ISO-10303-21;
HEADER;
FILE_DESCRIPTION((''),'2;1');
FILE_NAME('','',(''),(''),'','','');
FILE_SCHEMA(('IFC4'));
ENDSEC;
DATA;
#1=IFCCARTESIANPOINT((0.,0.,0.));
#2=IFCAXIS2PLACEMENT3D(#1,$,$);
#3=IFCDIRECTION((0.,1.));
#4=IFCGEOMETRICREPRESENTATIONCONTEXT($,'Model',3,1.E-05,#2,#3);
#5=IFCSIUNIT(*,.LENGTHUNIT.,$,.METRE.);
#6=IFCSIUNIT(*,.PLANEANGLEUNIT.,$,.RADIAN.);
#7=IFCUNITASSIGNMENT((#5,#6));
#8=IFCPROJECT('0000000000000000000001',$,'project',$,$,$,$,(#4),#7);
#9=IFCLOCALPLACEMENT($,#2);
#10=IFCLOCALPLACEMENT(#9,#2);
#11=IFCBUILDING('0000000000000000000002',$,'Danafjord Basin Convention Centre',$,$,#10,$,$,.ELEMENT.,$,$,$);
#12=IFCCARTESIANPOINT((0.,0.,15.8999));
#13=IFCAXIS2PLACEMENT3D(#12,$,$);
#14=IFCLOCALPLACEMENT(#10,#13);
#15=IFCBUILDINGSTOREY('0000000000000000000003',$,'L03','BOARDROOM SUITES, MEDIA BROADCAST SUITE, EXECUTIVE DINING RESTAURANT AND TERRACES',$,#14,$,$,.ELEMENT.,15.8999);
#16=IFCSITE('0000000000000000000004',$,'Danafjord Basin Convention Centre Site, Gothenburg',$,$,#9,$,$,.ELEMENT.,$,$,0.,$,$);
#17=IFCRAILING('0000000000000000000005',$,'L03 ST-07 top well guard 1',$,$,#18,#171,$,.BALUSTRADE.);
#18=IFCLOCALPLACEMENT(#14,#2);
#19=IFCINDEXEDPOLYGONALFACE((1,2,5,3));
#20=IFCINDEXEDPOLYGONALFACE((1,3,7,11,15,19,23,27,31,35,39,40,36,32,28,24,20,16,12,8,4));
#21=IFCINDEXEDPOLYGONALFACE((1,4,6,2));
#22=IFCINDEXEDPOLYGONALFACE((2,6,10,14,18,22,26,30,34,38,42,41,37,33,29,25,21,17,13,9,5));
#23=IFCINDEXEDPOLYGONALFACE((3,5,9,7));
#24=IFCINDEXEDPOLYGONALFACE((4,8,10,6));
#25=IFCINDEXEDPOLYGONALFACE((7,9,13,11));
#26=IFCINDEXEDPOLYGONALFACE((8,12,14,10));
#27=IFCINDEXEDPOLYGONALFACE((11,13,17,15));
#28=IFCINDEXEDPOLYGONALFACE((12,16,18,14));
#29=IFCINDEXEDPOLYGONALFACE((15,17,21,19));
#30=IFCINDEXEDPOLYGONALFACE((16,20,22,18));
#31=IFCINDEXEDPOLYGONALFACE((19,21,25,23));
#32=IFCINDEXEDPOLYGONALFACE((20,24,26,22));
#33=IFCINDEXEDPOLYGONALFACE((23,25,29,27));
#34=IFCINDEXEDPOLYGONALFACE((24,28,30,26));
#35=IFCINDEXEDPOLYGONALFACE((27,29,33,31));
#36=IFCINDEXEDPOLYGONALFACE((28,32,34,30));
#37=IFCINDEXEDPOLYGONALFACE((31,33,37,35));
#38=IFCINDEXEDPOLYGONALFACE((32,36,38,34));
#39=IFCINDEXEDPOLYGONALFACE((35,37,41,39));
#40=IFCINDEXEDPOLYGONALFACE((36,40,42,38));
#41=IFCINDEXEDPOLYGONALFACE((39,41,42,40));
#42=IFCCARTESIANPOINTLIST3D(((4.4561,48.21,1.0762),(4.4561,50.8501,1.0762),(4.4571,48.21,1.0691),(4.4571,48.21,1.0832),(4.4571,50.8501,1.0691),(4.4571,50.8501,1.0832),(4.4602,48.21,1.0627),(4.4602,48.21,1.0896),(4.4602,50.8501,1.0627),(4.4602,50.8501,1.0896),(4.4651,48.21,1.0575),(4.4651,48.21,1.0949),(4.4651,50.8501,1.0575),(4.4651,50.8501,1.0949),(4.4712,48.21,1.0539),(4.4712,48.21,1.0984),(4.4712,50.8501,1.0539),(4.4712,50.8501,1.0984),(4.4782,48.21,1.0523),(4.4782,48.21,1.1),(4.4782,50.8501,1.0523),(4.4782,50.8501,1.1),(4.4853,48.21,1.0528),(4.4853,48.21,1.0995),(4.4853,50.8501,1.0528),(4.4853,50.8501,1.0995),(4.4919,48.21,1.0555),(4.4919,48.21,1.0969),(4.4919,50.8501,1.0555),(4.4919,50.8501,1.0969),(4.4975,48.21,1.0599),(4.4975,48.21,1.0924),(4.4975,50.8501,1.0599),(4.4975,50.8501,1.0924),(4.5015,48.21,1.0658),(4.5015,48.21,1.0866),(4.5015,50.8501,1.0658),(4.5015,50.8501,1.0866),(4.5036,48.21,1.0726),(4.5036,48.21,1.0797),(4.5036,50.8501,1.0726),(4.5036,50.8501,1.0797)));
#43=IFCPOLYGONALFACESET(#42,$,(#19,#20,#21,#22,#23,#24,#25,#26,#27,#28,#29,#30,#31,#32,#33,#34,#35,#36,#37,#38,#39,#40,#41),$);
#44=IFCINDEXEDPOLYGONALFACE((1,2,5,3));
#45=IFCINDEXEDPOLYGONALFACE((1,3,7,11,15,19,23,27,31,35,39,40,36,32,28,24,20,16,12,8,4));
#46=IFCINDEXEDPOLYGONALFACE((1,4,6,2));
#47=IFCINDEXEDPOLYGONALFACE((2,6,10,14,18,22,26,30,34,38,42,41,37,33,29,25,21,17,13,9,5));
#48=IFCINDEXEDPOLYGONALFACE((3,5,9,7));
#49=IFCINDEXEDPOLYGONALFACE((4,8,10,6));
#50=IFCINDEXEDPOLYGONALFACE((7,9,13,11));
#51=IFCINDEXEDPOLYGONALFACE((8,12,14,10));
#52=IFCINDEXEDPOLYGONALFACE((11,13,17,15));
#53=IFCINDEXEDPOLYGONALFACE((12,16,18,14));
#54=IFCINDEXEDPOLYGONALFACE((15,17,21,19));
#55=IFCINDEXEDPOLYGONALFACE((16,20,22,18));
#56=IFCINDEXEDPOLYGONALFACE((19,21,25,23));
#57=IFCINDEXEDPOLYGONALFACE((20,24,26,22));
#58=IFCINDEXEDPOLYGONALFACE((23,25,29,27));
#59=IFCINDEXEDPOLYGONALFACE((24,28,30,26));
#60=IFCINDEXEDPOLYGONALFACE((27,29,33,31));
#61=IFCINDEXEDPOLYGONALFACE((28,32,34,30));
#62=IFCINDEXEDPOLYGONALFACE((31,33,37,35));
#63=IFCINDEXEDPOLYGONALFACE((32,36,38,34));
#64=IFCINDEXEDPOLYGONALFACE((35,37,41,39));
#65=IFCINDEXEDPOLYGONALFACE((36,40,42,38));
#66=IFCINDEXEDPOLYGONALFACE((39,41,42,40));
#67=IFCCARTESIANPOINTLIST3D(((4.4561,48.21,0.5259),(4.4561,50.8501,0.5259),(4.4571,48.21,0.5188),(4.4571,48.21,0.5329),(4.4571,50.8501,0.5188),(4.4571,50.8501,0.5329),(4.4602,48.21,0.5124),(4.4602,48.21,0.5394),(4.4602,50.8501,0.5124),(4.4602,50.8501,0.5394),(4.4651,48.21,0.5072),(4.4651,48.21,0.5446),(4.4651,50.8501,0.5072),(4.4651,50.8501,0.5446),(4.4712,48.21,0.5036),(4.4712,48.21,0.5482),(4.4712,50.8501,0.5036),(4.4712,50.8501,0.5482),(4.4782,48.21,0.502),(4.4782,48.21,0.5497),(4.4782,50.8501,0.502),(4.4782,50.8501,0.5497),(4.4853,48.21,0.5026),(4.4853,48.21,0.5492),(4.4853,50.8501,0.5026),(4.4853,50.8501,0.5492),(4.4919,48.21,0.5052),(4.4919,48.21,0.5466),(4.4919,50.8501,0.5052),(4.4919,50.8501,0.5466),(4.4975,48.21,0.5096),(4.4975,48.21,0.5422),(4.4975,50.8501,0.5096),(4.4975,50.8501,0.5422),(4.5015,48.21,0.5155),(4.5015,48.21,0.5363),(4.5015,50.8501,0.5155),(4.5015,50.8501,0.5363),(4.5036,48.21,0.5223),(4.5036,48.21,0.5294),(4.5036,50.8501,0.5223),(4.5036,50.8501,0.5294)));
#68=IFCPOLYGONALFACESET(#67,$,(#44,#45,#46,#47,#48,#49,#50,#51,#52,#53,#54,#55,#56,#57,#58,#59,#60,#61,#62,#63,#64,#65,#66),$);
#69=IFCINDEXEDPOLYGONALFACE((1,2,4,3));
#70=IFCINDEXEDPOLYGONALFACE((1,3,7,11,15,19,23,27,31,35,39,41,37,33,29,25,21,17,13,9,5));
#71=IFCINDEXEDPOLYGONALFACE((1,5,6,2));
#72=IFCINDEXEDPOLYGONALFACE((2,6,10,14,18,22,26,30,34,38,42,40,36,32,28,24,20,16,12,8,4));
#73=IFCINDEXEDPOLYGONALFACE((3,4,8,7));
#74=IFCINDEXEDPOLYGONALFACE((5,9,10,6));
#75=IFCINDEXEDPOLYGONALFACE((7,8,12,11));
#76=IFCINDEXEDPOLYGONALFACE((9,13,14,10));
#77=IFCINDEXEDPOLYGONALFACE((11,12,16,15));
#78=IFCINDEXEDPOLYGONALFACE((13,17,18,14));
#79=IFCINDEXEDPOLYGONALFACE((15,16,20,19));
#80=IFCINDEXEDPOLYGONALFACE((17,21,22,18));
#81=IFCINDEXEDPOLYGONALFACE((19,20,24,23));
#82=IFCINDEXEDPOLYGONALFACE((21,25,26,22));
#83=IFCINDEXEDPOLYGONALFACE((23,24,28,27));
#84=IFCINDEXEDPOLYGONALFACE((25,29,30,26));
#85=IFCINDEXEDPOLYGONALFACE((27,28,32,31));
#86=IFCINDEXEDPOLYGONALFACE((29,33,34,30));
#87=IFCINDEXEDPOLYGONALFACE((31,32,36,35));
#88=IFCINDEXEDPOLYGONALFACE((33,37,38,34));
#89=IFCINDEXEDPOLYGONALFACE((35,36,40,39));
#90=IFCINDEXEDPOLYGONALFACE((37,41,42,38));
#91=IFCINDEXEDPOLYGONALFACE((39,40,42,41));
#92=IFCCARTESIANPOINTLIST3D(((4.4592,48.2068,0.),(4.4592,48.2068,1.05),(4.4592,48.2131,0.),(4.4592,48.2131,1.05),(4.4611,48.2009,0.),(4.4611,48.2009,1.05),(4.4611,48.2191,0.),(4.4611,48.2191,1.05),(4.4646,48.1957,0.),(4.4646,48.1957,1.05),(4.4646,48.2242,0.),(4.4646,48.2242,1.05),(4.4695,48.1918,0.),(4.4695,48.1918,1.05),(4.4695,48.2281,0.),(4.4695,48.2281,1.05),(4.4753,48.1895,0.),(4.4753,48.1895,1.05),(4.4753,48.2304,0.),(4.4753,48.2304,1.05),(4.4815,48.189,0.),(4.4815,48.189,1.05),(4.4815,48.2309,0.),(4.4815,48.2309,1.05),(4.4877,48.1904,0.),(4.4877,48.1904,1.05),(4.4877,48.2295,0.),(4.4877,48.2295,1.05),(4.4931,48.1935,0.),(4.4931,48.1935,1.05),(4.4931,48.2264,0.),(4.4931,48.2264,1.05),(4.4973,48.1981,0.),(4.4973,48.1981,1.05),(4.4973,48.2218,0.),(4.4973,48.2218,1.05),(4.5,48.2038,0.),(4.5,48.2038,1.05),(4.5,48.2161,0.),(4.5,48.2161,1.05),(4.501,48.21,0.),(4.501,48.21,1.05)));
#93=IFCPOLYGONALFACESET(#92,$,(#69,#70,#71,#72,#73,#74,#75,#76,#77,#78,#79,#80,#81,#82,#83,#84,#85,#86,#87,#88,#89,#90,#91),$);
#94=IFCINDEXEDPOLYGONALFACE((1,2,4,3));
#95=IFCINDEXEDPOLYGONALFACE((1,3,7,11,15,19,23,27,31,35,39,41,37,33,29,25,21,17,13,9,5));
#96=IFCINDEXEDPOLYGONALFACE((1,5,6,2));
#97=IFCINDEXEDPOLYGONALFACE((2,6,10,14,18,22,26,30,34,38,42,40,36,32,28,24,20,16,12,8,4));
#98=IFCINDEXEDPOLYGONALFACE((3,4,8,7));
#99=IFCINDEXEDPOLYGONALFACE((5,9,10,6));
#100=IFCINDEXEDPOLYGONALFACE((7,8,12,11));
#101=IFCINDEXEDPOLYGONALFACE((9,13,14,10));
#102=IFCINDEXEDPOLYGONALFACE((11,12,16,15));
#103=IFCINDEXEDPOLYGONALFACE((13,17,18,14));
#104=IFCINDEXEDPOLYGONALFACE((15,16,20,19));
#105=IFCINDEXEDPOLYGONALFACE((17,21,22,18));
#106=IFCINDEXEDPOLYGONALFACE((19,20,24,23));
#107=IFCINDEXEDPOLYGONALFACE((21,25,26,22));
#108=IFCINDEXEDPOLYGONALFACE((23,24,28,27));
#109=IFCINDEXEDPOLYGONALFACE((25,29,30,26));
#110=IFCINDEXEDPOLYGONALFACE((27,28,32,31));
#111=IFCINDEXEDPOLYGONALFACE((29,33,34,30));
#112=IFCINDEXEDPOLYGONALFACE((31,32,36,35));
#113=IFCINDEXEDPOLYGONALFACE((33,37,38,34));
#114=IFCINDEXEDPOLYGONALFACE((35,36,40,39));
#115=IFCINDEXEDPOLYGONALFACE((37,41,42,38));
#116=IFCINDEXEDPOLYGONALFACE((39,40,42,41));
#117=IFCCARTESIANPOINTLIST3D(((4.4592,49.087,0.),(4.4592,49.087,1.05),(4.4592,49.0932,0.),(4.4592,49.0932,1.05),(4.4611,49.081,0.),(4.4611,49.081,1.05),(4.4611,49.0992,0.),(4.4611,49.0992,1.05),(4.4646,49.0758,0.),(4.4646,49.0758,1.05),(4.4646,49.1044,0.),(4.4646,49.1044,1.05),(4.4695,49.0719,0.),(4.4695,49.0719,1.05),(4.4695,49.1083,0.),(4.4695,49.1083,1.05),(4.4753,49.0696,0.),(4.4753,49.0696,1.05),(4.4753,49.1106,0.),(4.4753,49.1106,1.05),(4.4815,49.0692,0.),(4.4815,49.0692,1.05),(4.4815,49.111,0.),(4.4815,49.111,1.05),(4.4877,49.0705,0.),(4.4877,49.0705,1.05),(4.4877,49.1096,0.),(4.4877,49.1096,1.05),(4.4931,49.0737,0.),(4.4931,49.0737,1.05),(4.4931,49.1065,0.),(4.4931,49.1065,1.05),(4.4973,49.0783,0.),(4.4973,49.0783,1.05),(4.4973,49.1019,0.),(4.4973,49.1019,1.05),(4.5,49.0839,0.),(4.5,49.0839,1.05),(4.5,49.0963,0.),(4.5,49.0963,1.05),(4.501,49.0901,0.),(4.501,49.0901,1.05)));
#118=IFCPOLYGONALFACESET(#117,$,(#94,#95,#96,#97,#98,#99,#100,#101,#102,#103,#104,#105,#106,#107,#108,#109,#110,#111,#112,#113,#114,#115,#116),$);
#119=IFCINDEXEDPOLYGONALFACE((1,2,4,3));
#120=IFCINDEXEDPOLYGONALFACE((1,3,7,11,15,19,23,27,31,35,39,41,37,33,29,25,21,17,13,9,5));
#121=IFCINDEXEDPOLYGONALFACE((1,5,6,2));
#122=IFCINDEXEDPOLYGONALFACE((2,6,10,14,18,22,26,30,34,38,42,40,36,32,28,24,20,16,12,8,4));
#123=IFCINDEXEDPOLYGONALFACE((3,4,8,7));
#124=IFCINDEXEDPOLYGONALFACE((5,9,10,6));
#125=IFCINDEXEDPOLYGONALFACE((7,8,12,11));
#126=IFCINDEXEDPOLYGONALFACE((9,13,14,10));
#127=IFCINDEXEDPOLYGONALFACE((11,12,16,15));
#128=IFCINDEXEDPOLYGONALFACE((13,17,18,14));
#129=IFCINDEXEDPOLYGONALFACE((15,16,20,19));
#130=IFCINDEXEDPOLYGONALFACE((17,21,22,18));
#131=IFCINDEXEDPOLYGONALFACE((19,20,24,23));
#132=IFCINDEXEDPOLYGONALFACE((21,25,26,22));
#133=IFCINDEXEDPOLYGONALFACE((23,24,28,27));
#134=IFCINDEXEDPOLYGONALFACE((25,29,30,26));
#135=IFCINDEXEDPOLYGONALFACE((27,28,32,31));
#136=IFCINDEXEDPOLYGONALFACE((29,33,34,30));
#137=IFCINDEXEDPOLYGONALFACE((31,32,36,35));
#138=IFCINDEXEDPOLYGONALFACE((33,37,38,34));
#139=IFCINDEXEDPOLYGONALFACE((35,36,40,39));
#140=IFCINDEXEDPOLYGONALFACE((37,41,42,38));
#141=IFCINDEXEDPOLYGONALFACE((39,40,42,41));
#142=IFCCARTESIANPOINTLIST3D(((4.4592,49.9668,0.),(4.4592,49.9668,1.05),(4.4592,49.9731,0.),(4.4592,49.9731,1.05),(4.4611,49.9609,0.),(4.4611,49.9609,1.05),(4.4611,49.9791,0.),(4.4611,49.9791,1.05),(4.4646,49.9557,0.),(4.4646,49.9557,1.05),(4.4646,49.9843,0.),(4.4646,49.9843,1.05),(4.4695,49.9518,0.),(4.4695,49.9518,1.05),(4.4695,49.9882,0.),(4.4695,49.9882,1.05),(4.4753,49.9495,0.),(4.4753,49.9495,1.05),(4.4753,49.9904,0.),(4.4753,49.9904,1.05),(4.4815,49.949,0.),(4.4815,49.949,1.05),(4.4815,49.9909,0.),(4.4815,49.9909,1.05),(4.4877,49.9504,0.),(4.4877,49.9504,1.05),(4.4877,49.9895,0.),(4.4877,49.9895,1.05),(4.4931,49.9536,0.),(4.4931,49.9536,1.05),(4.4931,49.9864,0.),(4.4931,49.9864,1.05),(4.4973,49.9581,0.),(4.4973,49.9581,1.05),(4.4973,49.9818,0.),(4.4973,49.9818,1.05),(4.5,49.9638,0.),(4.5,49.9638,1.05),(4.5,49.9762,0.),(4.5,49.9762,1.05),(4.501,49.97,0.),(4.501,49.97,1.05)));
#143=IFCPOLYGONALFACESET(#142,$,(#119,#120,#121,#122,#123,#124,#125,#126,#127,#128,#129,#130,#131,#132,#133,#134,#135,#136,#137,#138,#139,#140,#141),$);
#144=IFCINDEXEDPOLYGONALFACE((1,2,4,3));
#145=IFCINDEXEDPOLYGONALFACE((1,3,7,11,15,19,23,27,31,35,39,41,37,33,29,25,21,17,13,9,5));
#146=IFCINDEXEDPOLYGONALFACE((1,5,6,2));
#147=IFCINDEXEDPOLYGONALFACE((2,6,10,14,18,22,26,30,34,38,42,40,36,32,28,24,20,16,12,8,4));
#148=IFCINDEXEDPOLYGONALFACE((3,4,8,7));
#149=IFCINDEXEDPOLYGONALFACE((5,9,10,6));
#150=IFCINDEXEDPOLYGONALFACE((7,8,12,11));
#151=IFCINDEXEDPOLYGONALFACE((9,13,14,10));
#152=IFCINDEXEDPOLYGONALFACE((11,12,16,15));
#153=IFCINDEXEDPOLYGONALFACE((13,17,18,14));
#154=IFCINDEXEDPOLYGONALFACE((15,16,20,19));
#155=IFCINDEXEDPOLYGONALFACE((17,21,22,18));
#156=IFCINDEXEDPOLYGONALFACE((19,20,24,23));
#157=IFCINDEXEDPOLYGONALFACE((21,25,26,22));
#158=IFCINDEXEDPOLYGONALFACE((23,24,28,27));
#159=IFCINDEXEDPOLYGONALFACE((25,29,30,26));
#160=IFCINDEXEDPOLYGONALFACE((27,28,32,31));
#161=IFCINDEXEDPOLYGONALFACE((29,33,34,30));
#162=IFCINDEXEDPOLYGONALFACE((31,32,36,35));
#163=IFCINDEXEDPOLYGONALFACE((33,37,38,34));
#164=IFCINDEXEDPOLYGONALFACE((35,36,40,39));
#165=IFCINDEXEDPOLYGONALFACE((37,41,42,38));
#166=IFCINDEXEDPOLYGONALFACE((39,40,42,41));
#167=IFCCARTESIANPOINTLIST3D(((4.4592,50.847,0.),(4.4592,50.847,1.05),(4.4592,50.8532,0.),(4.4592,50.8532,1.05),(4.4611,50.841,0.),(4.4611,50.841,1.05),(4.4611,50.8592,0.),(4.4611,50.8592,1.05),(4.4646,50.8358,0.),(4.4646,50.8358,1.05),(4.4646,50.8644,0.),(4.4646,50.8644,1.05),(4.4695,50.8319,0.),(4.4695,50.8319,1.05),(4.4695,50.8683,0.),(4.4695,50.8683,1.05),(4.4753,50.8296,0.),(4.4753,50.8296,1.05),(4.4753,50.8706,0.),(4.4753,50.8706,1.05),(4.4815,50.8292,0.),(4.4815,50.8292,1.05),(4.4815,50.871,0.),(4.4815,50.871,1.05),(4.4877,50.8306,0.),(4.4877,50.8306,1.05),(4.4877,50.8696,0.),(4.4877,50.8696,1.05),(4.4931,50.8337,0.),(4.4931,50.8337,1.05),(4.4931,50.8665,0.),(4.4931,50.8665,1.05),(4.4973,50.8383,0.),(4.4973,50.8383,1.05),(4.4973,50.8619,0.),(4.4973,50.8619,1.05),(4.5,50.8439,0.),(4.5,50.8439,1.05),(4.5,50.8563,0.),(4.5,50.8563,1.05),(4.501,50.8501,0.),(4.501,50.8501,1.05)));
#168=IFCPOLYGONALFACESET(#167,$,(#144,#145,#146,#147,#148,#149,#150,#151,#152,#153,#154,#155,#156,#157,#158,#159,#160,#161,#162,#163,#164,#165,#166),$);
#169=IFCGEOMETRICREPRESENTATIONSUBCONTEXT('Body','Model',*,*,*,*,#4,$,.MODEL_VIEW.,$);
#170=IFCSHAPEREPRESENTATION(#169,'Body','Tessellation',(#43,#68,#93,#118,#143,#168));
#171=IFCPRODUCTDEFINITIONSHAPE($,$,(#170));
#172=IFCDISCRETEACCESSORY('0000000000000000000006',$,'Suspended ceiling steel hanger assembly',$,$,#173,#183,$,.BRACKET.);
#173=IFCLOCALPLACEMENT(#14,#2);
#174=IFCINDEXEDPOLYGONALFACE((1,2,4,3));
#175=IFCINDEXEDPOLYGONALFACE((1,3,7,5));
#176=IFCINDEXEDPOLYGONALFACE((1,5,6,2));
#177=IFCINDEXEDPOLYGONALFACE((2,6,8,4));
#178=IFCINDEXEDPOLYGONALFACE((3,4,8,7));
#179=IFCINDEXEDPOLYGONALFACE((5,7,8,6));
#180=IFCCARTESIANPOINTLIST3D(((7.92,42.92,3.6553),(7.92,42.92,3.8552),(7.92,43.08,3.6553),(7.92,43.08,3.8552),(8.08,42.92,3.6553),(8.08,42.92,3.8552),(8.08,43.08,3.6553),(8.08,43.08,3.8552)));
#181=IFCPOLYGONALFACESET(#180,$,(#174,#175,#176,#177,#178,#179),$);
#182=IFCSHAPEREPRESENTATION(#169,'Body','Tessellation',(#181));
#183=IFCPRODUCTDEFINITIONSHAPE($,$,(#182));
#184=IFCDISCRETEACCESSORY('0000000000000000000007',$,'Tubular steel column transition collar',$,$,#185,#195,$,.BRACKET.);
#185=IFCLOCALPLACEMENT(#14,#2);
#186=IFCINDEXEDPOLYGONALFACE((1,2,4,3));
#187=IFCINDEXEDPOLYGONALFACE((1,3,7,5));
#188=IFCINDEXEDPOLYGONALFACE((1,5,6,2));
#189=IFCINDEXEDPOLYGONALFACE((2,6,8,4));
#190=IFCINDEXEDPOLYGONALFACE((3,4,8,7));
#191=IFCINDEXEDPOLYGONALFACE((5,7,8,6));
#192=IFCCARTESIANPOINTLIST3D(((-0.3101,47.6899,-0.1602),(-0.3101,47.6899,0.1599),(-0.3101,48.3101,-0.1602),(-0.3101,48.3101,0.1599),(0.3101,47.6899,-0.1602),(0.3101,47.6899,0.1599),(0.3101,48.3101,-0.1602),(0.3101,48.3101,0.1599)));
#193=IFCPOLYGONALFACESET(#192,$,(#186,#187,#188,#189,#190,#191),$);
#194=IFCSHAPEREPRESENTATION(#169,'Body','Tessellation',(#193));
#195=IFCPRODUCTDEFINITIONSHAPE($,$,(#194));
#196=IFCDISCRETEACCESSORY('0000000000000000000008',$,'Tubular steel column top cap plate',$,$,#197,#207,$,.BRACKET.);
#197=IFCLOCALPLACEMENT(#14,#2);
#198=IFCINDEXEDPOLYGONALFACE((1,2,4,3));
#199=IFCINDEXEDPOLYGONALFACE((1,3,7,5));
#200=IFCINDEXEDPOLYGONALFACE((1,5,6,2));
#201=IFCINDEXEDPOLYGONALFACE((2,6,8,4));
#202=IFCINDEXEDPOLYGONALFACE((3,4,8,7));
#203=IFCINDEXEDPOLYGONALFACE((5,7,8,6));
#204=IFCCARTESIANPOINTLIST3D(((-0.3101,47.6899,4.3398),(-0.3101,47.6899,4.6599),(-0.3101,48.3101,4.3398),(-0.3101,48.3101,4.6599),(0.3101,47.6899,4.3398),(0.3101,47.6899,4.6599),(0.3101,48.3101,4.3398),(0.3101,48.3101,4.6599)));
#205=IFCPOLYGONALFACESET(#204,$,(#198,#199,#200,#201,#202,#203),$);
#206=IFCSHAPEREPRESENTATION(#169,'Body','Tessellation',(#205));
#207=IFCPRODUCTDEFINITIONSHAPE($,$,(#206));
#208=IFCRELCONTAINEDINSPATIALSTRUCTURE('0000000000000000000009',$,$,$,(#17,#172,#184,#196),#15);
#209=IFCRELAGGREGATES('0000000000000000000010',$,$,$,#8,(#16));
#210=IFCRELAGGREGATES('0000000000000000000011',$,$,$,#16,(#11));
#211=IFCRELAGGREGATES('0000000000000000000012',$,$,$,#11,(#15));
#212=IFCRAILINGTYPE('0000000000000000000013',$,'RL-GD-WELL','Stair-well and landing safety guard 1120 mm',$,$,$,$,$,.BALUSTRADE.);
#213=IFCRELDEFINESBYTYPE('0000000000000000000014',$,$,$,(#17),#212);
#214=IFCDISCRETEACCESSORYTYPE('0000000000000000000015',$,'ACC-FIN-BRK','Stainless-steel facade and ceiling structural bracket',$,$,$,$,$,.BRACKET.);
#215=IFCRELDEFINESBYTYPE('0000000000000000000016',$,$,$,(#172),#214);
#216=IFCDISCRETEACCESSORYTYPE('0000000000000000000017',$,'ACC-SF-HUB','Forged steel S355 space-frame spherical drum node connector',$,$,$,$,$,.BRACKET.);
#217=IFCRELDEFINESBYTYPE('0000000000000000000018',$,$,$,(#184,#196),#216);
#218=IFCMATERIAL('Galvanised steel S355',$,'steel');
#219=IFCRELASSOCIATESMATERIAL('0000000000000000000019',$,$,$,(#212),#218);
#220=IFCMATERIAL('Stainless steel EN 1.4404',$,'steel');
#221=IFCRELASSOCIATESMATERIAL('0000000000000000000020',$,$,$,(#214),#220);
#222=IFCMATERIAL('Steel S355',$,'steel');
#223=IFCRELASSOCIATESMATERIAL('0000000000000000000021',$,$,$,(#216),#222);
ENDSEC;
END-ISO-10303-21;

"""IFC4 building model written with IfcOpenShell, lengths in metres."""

from ifc_helpers import new_model, si_unit, direction, frame, origin, origin_2d, place, context, subcontext, project, spatial, rectangle, circle, extrude, material, type_object, element, save


model = new_model("IFC4")

# Units and contexts
model_context = context("Model", 3, precision=1e-05, world=origin(), true_north=direction((0.0, 1.0)))
body_context = subcontext(model_context, "Body", "Model", "MODEL_VIEW")
ifc_project = project(units=[si_unit("LENGTHUNIT", "METRE"), si_unit("PLANEANGLEUNIT", "RADIAN")], contexts=[model_context])

# Site, building, storey
site_placement = place(None, origin())
site = spatial("IfcSite", under=ifc_project, at=site_placement, Name="Danafjord Basin Convention Centre Site, Gothenburg", CompositionType="ELEMENT", RefElevation=0.0)
building_placement = place(site_placement, origin())
building = spatial("IfcBuilding", under=site, at=building_placement, Name="Danafjord Basin Convention Centre", CompositionType="ELEMENT")
storey_placement = place(building_placement, frame((0.0, 0.0, 15.8999)))
storey = spatial("IfcBuildingStorey", under=building, at=storey_placement, Name="L03", Description="BOARDROOM SUITES, MEDIA BROADCAST SUITE, EXECUTIVE DINING RESTAURANT AND TERRACES", CompositionType="ELEMENT", Elevation=15.8999)

# Shared definitions
ifc_material_1 = material(Name="Steel S355", Category="steel")

# Railing
ifc_material_2 = material(Name="Galvanised steel S355", Category="steel")
railing_type_1 = type_object("IfcRailingType", Name="RL-GD-WELL", Description="Stair-well and landing safety guard 1120 mm", PredefinedType="BALUSTRADE", material=ifc_material_2)
railing_1_placement = place(storey_placement, frame((4.48, 48.21, 0.0)))
element("IfcRailing", 1, at=railing_1_placement, inside=storey, type_object=railing_type_1, Name="L03 ST-07 top well guard 1", PredefinedType="BALUSTRADE", context=body_context, shape_type="SweptSolid", body=[
    extrude(circle(Radius=0.0239, at=origin_2d()), frame((0.0, 0.0, 1.0762), z_axis=(0.0, 1.0, 0.0), x_axis=(-1.0, 0.0, 0.0)), (0.0, 0.0, 1.0), 2.6401),
    extrude(circle(Radius=0.0239, at=origin_2d()), frame((0.0, 0.0, 0.5259), z_axis=(0.0, 1.0, 0.0), x_axis=(-1.0, 0.0, 0.0)), (0.0, 0.0, 1.0), 2.6401),
    extrude(circle(Radius=0.021, at=origin_2d()), origin(), (0.0, 0.0, 1.0), 1.05),
    extrude(circle(Radius=0.021, at=origin_2d()), frame((0.0, 0.8801, 0.0)), (0.0, 0.0, 1.0), 1.05),
    extrude(circle(Radius=0.021, at=origin_2d()), frame((0.0, 1.76, 0.0)), (0.0, 0.0, 1.0), 1.05),
    extrude(circle(Radius=0.021, at=origin_2d()), frame((0.0, 2.6401, 0.0)), (0.0, 0.0, 1.0), 1.05),
])

# Discrete accessories
ifc_material_3 = material(Name="Stainless steel EN 1.4404", Category="steel")
discrete_accessory_type_1 = type_object("IfcDiscreteAccessoryType", Name="ACC-FIN-BRK", Description="Stainless-steel facade and ceiling structural bracket", PredefinedType="BRACKET", material=ifc_material_3)
discrete_accessory_placement = place(storey_placement, frame((8.0, 43.0, 3.6553), z_axis=(0.0, 0.0, 1.0), x_axis=(1.0, 0.0, 0.0)))
element("IfcDiscreteAccessory", 2, at=discrete_accessory_placement, inside=storey, type_object=discrete_accessory_type_1, Name="Suspended ceiling steel hanger assembly", PredefinedType="BRACKET", context=body_context, shape_type="SweptSolid", body=[
    extrude(rectangle(XDim=0.1599, YDim=0.1599, at=origin_2d()), origin(), (0.0, 0.0, 1.0), 0.2),
])
discrete_accessory_type_2 = type_object("IfcDiscreteAccessoryType", Name="ACC-SF-HUB", Description="Forged steel S355 space-frame spherical drum node connector", PredefinedType="BRACKET", material=ifc_material_1)
for number, where, z_axis, x_axis, name in (
    (3, (0.0, 48.0, -0.1602), (0.0, 0.0, 1.0), (1.0, 0.0, 0.0), "Tubular steel column transition collar"),
    (4, (0.0, 48.0, 4.3398), (0.0, 0.0, 1.0), (1.0, 0.0, 0.0), "Tubular steel column top cap plate"),
):
    element("IfcDiscreteAccessory", number, at=place(storey_placement, frame(where, z_axis=z_axis, x_axis=x_axis)), inside=storey, type_object=discrete_accessory_type_2, Name=name, PredefinedType="BRACKET", context=body_context, shape_type="SweptSolid", body=[
        extrude(rectangle(XDim=0.6201, YDim=0.6201, at=origin_2d()), origin(), (0.0, 0.0, 1.0), 0.3201),
    ])

save(model, "model.ifc")
